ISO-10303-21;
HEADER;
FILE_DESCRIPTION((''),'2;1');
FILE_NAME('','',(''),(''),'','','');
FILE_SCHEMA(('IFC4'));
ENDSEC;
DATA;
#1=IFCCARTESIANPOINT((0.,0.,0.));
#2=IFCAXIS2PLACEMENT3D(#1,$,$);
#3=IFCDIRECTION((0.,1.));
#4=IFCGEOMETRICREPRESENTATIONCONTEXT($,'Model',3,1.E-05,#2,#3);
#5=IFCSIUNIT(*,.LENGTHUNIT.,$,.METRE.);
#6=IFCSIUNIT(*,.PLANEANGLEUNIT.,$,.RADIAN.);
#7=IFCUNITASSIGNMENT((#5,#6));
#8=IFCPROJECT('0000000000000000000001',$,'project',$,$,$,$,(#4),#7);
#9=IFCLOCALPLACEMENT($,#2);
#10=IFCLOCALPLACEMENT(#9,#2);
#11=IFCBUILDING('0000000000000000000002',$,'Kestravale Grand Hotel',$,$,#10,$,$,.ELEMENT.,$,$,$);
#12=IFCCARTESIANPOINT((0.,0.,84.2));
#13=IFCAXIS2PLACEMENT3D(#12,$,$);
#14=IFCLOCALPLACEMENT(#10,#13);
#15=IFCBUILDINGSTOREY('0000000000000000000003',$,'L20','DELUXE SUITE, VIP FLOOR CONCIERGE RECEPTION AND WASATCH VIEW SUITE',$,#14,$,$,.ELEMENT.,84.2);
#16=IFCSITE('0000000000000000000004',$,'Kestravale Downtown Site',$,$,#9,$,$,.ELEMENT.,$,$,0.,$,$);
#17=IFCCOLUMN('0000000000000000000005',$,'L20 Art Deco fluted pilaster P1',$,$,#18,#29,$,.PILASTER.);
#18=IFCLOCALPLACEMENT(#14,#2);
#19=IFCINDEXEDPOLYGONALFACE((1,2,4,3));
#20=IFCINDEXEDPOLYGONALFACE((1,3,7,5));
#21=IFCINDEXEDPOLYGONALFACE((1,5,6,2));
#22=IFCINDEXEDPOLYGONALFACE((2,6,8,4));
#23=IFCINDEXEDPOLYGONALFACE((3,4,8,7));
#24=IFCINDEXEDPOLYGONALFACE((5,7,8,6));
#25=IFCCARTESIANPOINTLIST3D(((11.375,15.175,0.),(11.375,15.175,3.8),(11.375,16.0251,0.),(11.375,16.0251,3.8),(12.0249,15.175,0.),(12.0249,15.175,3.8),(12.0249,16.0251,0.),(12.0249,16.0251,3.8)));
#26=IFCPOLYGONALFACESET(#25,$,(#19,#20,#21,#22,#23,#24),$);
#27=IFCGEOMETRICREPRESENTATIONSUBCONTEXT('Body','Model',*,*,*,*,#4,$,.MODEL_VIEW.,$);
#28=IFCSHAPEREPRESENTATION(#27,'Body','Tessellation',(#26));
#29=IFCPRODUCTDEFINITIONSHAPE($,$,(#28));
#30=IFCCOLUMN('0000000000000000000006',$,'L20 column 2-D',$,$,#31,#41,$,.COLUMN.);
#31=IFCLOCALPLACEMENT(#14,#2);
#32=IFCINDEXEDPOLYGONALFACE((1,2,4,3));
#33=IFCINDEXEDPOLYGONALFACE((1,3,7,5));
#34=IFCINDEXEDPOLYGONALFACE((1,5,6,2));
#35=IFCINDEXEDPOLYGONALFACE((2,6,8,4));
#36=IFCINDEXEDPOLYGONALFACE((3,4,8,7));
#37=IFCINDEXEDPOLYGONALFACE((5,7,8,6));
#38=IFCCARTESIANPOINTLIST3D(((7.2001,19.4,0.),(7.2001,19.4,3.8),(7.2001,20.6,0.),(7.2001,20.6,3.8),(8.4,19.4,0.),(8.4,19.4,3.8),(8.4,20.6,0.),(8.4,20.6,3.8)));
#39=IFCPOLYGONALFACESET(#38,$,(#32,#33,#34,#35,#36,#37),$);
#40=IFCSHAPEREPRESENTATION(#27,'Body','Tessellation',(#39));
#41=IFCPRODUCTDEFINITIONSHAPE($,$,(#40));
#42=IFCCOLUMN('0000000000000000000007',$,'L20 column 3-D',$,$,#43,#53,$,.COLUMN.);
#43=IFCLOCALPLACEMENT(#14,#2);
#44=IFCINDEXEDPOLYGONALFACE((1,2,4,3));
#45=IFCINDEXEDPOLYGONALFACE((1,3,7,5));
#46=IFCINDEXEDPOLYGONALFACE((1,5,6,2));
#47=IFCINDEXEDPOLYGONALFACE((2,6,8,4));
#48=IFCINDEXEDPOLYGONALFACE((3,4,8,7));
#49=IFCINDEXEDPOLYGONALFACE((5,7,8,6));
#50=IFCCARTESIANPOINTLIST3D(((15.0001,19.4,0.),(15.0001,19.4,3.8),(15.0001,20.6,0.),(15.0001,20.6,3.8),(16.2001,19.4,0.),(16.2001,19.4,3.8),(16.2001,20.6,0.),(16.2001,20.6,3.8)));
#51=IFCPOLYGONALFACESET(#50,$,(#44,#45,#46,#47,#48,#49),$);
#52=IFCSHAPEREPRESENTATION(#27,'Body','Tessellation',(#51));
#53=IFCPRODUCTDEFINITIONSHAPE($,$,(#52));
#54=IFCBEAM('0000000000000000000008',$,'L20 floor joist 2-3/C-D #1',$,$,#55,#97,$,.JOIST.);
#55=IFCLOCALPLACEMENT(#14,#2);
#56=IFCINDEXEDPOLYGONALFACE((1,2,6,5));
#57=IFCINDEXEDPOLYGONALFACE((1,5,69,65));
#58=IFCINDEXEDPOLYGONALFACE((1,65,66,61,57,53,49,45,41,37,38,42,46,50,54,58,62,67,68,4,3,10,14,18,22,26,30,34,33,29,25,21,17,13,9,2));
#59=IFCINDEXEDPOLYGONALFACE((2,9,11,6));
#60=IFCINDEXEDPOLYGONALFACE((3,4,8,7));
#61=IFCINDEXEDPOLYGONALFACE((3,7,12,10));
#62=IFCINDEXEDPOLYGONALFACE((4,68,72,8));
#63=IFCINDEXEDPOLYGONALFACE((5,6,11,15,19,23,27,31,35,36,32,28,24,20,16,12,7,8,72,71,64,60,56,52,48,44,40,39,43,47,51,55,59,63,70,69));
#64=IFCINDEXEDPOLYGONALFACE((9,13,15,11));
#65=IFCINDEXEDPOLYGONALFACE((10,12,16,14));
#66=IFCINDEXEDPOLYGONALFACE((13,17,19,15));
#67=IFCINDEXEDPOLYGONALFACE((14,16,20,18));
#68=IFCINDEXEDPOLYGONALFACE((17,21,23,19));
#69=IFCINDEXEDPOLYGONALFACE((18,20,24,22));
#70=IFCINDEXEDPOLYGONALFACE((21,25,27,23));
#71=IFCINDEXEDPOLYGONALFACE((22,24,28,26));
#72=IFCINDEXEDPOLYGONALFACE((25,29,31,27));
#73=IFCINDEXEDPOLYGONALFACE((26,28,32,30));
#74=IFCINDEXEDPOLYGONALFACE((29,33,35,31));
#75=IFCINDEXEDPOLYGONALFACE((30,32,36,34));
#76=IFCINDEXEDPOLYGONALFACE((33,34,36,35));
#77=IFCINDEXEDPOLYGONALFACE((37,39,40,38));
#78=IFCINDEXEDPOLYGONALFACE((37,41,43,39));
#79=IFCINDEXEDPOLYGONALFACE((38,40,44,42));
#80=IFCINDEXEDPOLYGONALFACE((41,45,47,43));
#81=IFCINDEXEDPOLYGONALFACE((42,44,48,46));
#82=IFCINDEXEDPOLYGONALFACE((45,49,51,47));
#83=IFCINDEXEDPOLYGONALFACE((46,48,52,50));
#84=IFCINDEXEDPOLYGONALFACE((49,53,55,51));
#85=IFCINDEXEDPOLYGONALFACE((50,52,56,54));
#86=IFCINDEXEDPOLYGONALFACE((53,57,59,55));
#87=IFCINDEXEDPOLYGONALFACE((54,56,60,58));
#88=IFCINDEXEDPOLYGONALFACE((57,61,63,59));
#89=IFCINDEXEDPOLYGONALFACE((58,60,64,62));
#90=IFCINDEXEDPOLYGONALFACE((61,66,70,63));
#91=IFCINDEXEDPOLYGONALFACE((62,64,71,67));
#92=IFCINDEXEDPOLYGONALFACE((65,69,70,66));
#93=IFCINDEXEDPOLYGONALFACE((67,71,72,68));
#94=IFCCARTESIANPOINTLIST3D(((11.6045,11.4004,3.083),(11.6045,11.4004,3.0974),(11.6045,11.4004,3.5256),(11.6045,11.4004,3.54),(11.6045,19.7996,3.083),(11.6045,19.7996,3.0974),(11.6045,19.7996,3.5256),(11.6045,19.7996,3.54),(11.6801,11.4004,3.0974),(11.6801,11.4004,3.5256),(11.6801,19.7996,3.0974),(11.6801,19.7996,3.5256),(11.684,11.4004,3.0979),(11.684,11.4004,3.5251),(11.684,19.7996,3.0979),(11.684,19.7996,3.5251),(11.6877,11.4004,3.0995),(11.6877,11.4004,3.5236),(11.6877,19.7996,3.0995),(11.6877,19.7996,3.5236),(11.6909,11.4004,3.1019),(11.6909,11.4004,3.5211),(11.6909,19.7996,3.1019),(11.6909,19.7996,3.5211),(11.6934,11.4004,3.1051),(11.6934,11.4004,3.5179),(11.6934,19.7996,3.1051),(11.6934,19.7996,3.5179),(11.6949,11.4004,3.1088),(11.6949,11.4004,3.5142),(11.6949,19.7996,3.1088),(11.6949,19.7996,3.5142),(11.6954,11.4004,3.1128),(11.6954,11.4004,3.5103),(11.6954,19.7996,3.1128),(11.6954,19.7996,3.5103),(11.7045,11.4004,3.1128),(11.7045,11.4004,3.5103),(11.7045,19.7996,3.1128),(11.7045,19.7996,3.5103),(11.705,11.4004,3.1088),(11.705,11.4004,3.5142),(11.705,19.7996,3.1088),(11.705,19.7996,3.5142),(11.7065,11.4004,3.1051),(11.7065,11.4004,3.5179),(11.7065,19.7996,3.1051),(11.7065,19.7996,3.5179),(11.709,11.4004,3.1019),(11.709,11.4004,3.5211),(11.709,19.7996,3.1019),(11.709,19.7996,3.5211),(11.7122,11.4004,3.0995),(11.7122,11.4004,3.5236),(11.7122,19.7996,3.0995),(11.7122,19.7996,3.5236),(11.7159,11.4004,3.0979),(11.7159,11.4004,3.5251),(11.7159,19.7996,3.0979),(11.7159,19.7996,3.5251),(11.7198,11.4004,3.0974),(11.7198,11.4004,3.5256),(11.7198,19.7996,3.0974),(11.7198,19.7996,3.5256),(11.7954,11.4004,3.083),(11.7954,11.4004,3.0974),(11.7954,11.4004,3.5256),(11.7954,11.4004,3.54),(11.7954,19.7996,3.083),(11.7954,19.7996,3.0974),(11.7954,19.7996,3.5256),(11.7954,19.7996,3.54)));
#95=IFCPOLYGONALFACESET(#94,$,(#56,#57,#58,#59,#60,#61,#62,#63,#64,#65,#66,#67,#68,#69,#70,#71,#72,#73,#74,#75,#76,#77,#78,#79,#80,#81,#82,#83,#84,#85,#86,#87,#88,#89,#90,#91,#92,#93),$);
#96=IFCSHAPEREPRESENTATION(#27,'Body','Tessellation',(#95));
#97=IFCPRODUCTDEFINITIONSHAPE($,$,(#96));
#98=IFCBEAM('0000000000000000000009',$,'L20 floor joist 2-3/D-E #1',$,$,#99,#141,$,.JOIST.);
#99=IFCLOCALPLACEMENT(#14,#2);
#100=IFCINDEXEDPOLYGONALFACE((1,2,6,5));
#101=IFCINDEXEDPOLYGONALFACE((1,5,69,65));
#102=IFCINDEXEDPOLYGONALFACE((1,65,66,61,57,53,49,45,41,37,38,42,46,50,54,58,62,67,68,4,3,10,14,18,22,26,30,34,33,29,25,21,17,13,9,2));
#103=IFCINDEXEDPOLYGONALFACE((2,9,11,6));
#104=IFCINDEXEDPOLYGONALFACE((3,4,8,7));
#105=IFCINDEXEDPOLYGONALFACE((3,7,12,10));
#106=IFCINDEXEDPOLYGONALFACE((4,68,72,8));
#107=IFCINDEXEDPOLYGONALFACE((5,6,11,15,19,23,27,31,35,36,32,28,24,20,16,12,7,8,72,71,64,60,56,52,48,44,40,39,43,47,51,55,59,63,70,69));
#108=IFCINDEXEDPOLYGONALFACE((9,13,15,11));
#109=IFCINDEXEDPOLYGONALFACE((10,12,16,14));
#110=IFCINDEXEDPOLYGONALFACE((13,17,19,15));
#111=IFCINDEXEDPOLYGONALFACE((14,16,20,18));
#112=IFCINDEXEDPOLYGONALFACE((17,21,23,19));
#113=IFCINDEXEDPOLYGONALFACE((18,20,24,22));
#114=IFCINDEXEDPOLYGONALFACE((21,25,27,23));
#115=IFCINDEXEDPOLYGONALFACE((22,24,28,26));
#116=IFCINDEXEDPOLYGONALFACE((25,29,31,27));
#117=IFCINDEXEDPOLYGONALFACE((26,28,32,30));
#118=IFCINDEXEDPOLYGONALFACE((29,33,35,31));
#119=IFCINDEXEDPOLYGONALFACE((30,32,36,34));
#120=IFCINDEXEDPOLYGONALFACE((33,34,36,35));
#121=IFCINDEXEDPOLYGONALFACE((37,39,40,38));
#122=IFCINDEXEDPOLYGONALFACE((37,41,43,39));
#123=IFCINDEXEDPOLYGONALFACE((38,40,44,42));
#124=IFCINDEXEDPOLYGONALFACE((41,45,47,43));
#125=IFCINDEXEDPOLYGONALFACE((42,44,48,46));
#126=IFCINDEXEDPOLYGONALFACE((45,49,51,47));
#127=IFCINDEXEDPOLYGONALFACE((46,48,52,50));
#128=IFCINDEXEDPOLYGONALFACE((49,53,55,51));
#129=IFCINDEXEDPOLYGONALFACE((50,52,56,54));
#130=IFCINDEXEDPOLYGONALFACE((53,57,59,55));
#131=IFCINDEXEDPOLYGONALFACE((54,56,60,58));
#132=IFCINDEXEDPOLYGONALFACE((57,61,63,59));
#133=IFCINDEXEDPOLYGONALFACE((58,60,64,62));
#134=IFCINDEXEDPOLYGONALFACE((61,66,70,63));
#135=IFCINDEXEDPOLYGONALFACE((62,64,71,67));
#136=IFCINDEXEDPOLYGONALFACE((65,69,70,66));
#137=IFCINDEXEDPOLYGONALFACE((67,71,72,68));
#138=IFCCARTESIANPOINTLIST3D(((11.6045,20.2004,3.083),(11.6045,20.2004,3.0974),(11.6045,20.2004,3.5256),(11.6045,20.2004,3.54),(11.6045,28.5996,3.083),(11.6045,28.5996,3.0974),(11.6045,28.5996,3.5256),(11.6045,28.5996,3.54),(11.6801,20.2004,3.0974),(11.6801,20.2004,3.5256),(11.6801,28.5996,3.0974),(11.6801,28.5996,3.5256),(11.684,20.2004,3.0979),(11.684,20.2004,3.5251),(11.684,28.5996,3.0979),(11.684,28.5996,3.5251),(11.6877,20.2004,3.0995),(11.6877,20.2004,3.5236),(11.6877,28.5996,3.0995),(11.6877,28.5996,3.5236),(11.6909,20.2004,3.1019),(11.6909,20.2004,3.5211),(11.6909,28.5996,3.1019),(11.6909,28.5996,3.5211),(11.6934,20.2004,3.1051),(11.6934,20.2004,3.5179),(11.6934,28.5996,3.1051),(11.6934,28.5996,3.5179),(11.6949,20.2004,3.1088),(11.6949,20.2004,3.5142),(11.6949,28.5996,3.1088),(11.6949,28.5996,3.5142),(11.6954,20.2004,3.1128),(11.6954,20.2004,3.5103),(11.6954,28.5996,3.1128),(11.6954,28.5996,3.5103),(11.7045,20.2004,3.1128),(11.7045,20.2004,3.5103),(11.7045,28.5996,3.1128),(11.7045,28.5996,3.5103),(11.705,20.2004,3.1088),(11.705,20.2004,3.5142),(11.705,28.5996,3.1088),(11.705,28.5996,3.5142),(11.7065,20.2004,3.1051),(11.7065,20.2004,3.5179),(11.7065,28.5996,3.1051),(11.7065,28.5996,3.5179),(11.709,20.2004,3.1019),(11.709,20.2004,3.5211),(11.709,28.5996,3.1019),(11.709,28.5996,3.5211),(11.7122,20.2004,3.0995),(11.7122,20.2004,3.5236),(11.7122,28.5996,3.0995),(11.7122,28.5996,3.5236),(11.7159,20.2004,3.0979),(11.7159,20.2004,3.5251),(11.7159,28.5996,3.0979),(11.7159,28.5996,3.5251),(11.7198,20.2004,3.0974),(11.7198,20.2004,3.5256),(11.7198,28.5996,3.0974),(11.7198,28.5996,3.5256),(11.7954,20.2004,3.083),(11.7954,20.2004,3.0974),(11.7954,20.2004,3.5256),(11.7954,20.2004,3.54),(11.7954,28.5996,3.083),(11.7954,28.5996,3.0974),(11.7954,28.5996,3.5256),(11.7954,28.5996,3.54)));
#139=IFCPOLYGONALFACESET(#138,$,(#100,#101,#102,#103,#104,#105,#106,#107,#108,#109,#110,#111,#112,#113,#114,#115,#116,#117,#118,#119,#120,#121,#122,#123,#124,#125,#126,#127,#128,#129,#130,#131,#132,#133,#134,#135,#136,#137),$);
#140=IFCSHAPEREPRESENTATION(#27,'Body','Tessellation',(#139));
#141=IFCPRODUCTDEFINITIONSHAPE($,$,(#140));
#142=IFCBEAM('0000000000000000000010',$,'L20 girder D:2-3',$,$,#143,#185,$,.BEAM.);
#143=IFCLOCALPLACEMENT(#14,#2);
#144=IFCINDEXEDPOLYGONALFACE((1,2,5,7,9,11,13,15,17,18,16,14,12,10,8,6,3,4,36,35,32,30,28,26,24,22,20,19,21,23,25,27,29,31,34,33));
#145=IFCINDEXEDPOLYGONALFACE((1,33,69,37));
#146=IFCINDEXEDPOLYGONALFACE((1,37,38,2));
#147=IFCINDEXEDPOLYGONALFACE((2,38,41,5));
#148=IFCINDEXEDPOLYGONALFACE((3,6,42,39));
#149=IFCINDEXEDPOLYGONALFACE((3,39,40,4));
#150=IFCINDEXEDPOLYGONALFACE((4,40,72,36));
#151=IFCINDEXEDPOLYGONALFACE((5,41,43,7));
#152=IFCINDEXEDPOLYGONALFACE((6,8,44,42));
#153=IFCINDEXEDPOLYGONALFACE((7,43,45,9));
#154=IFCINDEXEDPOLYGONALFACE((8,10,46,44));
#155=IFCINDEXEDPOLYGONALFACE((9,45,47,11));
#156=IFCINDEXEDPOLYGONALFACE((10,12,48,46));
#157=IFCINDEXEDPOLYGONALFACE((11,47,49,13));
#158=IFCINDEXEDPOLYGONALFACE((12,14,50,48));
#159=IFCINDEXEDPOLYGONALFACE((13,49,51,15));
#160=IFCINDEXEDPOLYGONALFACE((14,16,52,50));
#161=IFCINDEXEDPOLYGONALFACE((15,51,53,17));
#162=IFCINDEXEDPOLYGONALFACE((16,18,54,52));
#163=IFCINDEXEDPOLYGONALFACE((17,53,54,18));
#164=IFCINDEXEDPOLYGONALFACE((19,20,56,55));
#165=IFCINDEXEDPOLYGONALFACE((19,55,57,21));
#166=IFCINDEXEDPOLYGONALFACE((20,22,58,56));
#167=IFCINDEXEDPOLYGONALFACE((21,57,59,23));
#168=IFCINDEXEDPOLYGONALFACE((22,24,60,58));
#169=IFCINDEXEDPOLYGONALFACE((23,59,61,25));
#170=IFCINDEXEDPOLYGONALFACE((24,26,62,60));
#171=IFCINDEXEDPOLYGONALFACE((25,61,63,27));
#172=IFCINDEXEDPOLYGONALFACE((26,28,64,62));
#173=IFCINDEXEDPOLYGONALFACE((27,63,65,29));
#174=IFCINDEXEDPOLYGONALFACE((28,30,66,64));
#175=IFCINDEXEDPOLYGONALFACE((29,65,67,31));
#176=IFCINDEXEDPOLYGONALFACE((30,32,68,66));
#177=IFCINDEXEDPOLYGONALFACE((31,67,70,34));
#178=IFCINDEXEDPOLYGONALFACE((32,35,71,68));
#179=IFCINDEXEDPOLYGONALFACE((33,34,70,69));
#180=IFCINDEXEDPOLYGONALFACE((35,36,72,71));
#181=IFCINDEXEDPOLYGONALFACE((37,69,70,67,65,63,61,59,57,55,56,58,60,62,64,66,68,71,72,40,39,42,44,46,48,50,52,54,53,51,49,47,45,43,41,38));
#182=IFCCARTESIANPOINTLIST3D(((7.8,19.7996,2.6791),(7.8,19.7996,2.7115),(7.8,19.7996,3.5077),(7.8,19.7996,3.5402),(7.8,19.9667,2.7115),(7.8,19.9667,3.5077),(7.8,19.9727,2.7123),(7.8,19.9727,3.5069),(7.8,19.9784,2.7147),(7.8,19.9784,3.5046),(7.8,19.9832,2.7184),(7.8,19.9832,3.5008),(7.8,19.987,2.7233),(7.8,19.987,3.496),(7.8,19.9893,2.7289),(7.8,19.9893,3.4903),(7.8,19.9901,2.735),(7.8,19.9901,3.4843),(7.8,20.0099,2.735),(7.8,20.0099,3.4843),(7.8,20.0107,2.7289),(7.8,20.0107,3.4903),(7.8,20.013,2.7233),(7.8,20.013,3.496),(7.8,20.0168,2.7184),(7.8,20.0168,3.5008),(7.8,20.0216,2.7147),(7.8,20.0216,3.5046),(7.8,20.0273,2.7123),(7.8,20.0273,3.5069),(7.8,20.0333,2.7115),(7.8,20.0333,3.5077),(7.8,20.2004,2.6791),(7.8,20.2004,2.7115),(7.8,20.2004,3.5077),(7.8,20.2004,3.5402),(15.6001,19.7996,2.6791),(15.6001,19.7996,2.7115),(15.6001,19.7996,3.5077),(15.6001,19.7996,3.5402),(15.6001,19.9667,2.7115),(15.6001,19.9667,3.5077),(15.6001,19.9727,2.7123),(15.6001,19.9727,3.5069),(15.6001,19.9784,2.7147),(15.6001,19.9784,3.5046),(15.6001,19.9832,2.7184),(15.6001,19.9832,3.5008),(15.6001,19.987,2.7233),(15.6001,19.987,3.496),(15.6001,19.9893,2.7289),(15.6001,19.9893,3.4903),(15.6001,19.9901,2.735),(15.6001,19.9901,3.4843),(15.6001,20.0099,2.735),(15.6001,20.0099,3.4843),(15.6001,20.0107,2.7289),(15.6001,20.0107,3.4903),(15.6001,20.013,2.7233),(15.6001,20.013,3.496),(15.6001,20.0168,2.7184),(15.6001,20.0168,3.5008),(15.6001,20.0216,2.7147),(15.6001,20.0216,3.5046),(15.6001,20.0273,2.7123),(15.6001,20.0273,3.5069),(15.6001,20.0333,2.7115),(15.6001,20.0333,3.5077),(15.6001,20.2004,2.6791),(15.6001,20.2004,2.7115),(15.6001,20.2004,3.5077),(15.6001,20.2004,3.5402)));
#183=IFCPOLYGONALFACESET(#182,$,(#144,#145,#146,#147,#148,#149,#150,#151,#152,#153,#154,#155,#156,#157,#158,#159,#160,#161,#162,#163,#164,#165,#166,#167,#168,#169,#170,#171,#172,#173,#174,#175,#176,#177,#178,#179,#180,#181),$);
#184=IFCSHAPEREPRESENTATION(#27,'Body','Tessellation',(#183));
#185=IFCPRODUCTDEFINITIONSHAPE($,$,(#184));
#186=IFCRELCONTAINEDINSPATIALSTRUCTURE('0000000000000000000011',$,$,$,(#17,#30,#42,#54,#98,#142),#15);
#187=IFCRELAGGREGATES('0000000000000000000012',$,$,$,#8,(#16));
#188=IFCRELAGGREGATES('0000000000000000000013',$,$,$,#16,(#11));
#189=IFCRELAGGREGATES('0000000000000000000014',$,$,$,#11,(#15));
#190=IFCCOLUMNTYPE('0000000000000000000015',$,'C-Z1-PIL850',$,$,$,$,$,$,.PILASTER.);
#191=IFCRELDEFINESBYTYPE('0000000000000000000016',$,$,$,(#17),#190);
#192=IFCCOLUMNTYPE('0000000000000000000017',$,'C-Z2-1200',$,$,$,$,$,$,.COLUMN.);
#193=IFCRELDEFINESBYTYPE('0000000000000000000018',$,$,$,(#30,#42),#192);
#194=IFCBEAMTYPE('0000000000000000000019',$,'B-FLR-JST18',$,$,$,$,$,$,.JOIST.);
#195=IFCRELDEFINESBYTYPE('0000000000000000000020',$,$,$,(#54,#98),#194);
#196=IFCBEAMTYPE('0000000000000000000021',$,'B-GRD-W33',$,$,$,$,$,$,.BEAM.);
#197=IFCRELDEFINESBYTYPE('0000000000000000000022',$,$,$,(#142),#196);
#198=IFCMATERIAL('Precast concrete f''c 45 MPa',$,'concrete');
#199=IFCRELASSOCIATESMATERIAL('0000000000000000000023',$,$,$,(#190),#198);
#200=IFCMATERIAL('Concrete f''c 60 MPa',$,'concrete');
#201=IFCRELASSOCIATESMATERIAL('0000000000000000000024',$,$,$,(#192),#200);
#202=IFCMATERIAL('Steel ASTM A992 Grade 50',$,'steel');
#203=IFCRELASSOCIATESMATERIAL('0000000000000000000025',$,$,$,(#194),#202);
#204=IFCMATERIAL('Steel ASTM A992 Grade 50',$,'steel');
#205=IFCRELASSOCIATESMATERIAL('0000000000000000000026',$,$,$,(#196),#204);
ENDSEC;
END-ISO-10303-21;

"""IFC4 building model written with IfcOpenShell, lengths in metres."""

from ifc_helpers import new_model, si_unit, direction, frame, origin, origin_2d, place, context, subcontext, project, spatial, rectangle, i_section, extrude, material, material_profile, profile_set, type_object, element, save


model = new_model("IFC4")

# Units and contexts
model_context = context("Model", 3, precision=1e-05, world=origin(), true_north=direction((0.0, 1.0)))
body_context = subcontext(model_context, "Body", "Model", "MODEL_VIEW")
ifc_project = project(units=[si_unit("LENGTHUNIT", "METRE"), si_unit("PLANEANGLEUNIT", "RADIAN")], contexts=[model_context])

# Site, building, storey
site_placement = place(None, origin())
site = spatial("IfcSite", under=ifc_project, at=site_placement, Name="Kestravale Downtown Site", CompositionType="ELEMENT", RefElevation=0.0)
building_placement = place(site_placement, origin())
building = spatial("IfcBuilding", under=site, at=building_placement, Name="Kestravale Grand Hotel", CompositionType="ELEMENT")
storey_placement = place(building_placement, frame((0.0, 0.0, 84.2)))
storey = spatial("IfcBuildingStorey", under=building, at=storey_placement, Name="L20", Description="DELUXE SUITE, VIP FLOOR CONCIERGE RECEPTION AND WASATCH VIEW SUITE", CompositionType="ELEMENT", Elevation=84.2)

# Columns
ifc_material_1 = material(Name="Precast concrete f'c 45 MPa", Category="concrete")
ifc_material_profile_1 = material_profile(ifc_material_1, rectangle(XDim=0.6499, YDim=0.8501, at=origin_2d()))
ifc_profile_set_1 = profile_set([ifc_material_profile_1], Name="Precast concrete f'c 45 MPa")
column_type_1 = type_object("IfcColumnType", Name="C-Z1-PIL850", PredefinedType="PILASTER", material=ifc_profile_set_1)
column_placement = place(storey_placement, frame((11.7, 15.6001, 0.0), z_axis=(0.0, 0.0, 1.0), x_axis=(1.0, 0.0, 0.0)))
element("IfcColumn", 1, at=column_placement, inside=storey, type_object=column_type_1, Name="L20 Art Deco fluted pilaster P1", PredefinedType="PILASTER", context=body_context, shape_type="SweptSolid", body=[
    extrude(rectangle(XDim=0.6499, YDim=0.8501, at=origin_2d()), origin(), (0.0, 0.0, 1.0), 3.8),
])
ifc_material_2 = material(Name="Concrete f'c 60 MPa", Category="concrete")
ifc_material_profile_2 = material_profile(ifc_material_2, rectangle(XDim=1.2, YDim=1.2, at=origin_2d()))
ifc_profile_set_2 = profile_set([ifc_material_profile_2], Name="Concrete f'c 60 MPa")
column_type_2 = type_object("IfcColumnType", Name="C-Z2-1200", PredefinedType="COLUMN", material=ifc_profile_set_2)
for number, where, z_axis, x_axis, name in (
    (2, (7.8, 20.0, 0.0), (0.0, 0.0, 1.0), (1.0, 0.0, 0.0), "L20 column 2-D"),
    (3, (15.6001, 20.0, 0.0), (0.0, 0.0, 1.0), (1.0, 0.0, 0.0), "L20 column 3-D"),
):
    element("IfcColumn", number, at=place(storey_placement, frame(where, z_axis=z_axis, x_axis=x_axis)), inside=storey, type_object=column_type_2, Name=name, PredefinedType="COLUMN", context=body_context, shape_type="SweptSolid", body=[
        extrude(rectangle(XDim=1.2, YDim=1.2, at=origin_2d()), origin(), (0.0, 0.0, 1.0), 3.8),
    ])

# Beams
ifc_material_3 = material(Name="Steel ASTM A992 Grade 50", Category="steel")
ifc_material_profile_3 = material_profile(ifc_material_3, i_section(OverallWidth=0.1909, OverallDepth=0.457, WebThickness=0.009, FlangeThickness=0.0144, FilletRadius=0.0154, at=origin_2d()))
ifc_profile_set_3 = profile_set([ifc_material_profile_3], Name="Steel ASTM A992 Grade 50")
beam_type_1 = type_object("IfcBeamType", Name="B-FLR-JST18", PredefinedType="JOIST", material=ifc_profile_set_3)
for number, where, z_axis, x_axis, name in (
    (4, (11.7, 11.4004, 3.3115), (0.0, 1.0, 0.0), (-1.0, 0.0, 0.0), "L20 floor joist 2-3/C-D #1"),
    (5, (11.7, 20.2004, 3.3115), (0.0, 1.0, 0.0), (-1.0, 0.0, 0.0), "L20 floor joist 2-3/D-E #1"),
):
    element("IfcBeam", number, at=place(storey_placement, frame(where, z_axis=z_axis, x_axis=x_axis)), inside=storey, type_object=beam_type_1, Name=name, PredefinedType="JOIST", context=body_context, shape_type="SweptSolid", body=[
        extrude(i_section(OverallWidth=0.1909, OverallDepth=0.457, WebThickness=0.009, FlangeThickness=0.0144, FilletRadius=0.0154, at=origin_2d()), origin(), (0.0, 0.0, 1.0), 8.3992),
    ])
ifc_material_4 = material(Name="Steel ASTM A992 Grade 50", Category="steel")
ifc_material_profile_4 = material_profile(ifc_material_4, i_section(OverallWidth=0.4009, OverallDepth=0.8611, WebThickness=0.0198, FlangeThickness=0.0325, FilletRadius=0.0234, at=origin_2d()))
ifc_profile_set_4 = profile_set([ifc_material_profile_4], Name="Steel ASTM A992 Grade 50")
beam_type_2 = type_object("IfcBeamType", Name="B-GRD-W33", PredefinedType="BEAM", material=ifc_profile_set_4)
beam_1_placement = place(storey_placement, frame((7.8, 20.0, 3.1096), z_axis=(1.0, 0.0, 0.0), x_axis=(0.0, 1.0, 0.0)))
element("IfcBeam", 6, at=beam_1_placement, inside=storey, type_object=beam_type_2, Name="L20 girder D:2-3", PredefinedType="BEAM", context=body_context, shape_type="SweptSolid", body=[
    extrude(i_section(OverallWidth=0.4009, OverallDepth=0.8611, WebThickness=0.0198, FlangeThickness=0.0325, FilletRadius=0.0234, at=origin_2d()), origin(), (0.0, 0.0, 1.0), 7.8),
])

save(model, "model.ifc")
